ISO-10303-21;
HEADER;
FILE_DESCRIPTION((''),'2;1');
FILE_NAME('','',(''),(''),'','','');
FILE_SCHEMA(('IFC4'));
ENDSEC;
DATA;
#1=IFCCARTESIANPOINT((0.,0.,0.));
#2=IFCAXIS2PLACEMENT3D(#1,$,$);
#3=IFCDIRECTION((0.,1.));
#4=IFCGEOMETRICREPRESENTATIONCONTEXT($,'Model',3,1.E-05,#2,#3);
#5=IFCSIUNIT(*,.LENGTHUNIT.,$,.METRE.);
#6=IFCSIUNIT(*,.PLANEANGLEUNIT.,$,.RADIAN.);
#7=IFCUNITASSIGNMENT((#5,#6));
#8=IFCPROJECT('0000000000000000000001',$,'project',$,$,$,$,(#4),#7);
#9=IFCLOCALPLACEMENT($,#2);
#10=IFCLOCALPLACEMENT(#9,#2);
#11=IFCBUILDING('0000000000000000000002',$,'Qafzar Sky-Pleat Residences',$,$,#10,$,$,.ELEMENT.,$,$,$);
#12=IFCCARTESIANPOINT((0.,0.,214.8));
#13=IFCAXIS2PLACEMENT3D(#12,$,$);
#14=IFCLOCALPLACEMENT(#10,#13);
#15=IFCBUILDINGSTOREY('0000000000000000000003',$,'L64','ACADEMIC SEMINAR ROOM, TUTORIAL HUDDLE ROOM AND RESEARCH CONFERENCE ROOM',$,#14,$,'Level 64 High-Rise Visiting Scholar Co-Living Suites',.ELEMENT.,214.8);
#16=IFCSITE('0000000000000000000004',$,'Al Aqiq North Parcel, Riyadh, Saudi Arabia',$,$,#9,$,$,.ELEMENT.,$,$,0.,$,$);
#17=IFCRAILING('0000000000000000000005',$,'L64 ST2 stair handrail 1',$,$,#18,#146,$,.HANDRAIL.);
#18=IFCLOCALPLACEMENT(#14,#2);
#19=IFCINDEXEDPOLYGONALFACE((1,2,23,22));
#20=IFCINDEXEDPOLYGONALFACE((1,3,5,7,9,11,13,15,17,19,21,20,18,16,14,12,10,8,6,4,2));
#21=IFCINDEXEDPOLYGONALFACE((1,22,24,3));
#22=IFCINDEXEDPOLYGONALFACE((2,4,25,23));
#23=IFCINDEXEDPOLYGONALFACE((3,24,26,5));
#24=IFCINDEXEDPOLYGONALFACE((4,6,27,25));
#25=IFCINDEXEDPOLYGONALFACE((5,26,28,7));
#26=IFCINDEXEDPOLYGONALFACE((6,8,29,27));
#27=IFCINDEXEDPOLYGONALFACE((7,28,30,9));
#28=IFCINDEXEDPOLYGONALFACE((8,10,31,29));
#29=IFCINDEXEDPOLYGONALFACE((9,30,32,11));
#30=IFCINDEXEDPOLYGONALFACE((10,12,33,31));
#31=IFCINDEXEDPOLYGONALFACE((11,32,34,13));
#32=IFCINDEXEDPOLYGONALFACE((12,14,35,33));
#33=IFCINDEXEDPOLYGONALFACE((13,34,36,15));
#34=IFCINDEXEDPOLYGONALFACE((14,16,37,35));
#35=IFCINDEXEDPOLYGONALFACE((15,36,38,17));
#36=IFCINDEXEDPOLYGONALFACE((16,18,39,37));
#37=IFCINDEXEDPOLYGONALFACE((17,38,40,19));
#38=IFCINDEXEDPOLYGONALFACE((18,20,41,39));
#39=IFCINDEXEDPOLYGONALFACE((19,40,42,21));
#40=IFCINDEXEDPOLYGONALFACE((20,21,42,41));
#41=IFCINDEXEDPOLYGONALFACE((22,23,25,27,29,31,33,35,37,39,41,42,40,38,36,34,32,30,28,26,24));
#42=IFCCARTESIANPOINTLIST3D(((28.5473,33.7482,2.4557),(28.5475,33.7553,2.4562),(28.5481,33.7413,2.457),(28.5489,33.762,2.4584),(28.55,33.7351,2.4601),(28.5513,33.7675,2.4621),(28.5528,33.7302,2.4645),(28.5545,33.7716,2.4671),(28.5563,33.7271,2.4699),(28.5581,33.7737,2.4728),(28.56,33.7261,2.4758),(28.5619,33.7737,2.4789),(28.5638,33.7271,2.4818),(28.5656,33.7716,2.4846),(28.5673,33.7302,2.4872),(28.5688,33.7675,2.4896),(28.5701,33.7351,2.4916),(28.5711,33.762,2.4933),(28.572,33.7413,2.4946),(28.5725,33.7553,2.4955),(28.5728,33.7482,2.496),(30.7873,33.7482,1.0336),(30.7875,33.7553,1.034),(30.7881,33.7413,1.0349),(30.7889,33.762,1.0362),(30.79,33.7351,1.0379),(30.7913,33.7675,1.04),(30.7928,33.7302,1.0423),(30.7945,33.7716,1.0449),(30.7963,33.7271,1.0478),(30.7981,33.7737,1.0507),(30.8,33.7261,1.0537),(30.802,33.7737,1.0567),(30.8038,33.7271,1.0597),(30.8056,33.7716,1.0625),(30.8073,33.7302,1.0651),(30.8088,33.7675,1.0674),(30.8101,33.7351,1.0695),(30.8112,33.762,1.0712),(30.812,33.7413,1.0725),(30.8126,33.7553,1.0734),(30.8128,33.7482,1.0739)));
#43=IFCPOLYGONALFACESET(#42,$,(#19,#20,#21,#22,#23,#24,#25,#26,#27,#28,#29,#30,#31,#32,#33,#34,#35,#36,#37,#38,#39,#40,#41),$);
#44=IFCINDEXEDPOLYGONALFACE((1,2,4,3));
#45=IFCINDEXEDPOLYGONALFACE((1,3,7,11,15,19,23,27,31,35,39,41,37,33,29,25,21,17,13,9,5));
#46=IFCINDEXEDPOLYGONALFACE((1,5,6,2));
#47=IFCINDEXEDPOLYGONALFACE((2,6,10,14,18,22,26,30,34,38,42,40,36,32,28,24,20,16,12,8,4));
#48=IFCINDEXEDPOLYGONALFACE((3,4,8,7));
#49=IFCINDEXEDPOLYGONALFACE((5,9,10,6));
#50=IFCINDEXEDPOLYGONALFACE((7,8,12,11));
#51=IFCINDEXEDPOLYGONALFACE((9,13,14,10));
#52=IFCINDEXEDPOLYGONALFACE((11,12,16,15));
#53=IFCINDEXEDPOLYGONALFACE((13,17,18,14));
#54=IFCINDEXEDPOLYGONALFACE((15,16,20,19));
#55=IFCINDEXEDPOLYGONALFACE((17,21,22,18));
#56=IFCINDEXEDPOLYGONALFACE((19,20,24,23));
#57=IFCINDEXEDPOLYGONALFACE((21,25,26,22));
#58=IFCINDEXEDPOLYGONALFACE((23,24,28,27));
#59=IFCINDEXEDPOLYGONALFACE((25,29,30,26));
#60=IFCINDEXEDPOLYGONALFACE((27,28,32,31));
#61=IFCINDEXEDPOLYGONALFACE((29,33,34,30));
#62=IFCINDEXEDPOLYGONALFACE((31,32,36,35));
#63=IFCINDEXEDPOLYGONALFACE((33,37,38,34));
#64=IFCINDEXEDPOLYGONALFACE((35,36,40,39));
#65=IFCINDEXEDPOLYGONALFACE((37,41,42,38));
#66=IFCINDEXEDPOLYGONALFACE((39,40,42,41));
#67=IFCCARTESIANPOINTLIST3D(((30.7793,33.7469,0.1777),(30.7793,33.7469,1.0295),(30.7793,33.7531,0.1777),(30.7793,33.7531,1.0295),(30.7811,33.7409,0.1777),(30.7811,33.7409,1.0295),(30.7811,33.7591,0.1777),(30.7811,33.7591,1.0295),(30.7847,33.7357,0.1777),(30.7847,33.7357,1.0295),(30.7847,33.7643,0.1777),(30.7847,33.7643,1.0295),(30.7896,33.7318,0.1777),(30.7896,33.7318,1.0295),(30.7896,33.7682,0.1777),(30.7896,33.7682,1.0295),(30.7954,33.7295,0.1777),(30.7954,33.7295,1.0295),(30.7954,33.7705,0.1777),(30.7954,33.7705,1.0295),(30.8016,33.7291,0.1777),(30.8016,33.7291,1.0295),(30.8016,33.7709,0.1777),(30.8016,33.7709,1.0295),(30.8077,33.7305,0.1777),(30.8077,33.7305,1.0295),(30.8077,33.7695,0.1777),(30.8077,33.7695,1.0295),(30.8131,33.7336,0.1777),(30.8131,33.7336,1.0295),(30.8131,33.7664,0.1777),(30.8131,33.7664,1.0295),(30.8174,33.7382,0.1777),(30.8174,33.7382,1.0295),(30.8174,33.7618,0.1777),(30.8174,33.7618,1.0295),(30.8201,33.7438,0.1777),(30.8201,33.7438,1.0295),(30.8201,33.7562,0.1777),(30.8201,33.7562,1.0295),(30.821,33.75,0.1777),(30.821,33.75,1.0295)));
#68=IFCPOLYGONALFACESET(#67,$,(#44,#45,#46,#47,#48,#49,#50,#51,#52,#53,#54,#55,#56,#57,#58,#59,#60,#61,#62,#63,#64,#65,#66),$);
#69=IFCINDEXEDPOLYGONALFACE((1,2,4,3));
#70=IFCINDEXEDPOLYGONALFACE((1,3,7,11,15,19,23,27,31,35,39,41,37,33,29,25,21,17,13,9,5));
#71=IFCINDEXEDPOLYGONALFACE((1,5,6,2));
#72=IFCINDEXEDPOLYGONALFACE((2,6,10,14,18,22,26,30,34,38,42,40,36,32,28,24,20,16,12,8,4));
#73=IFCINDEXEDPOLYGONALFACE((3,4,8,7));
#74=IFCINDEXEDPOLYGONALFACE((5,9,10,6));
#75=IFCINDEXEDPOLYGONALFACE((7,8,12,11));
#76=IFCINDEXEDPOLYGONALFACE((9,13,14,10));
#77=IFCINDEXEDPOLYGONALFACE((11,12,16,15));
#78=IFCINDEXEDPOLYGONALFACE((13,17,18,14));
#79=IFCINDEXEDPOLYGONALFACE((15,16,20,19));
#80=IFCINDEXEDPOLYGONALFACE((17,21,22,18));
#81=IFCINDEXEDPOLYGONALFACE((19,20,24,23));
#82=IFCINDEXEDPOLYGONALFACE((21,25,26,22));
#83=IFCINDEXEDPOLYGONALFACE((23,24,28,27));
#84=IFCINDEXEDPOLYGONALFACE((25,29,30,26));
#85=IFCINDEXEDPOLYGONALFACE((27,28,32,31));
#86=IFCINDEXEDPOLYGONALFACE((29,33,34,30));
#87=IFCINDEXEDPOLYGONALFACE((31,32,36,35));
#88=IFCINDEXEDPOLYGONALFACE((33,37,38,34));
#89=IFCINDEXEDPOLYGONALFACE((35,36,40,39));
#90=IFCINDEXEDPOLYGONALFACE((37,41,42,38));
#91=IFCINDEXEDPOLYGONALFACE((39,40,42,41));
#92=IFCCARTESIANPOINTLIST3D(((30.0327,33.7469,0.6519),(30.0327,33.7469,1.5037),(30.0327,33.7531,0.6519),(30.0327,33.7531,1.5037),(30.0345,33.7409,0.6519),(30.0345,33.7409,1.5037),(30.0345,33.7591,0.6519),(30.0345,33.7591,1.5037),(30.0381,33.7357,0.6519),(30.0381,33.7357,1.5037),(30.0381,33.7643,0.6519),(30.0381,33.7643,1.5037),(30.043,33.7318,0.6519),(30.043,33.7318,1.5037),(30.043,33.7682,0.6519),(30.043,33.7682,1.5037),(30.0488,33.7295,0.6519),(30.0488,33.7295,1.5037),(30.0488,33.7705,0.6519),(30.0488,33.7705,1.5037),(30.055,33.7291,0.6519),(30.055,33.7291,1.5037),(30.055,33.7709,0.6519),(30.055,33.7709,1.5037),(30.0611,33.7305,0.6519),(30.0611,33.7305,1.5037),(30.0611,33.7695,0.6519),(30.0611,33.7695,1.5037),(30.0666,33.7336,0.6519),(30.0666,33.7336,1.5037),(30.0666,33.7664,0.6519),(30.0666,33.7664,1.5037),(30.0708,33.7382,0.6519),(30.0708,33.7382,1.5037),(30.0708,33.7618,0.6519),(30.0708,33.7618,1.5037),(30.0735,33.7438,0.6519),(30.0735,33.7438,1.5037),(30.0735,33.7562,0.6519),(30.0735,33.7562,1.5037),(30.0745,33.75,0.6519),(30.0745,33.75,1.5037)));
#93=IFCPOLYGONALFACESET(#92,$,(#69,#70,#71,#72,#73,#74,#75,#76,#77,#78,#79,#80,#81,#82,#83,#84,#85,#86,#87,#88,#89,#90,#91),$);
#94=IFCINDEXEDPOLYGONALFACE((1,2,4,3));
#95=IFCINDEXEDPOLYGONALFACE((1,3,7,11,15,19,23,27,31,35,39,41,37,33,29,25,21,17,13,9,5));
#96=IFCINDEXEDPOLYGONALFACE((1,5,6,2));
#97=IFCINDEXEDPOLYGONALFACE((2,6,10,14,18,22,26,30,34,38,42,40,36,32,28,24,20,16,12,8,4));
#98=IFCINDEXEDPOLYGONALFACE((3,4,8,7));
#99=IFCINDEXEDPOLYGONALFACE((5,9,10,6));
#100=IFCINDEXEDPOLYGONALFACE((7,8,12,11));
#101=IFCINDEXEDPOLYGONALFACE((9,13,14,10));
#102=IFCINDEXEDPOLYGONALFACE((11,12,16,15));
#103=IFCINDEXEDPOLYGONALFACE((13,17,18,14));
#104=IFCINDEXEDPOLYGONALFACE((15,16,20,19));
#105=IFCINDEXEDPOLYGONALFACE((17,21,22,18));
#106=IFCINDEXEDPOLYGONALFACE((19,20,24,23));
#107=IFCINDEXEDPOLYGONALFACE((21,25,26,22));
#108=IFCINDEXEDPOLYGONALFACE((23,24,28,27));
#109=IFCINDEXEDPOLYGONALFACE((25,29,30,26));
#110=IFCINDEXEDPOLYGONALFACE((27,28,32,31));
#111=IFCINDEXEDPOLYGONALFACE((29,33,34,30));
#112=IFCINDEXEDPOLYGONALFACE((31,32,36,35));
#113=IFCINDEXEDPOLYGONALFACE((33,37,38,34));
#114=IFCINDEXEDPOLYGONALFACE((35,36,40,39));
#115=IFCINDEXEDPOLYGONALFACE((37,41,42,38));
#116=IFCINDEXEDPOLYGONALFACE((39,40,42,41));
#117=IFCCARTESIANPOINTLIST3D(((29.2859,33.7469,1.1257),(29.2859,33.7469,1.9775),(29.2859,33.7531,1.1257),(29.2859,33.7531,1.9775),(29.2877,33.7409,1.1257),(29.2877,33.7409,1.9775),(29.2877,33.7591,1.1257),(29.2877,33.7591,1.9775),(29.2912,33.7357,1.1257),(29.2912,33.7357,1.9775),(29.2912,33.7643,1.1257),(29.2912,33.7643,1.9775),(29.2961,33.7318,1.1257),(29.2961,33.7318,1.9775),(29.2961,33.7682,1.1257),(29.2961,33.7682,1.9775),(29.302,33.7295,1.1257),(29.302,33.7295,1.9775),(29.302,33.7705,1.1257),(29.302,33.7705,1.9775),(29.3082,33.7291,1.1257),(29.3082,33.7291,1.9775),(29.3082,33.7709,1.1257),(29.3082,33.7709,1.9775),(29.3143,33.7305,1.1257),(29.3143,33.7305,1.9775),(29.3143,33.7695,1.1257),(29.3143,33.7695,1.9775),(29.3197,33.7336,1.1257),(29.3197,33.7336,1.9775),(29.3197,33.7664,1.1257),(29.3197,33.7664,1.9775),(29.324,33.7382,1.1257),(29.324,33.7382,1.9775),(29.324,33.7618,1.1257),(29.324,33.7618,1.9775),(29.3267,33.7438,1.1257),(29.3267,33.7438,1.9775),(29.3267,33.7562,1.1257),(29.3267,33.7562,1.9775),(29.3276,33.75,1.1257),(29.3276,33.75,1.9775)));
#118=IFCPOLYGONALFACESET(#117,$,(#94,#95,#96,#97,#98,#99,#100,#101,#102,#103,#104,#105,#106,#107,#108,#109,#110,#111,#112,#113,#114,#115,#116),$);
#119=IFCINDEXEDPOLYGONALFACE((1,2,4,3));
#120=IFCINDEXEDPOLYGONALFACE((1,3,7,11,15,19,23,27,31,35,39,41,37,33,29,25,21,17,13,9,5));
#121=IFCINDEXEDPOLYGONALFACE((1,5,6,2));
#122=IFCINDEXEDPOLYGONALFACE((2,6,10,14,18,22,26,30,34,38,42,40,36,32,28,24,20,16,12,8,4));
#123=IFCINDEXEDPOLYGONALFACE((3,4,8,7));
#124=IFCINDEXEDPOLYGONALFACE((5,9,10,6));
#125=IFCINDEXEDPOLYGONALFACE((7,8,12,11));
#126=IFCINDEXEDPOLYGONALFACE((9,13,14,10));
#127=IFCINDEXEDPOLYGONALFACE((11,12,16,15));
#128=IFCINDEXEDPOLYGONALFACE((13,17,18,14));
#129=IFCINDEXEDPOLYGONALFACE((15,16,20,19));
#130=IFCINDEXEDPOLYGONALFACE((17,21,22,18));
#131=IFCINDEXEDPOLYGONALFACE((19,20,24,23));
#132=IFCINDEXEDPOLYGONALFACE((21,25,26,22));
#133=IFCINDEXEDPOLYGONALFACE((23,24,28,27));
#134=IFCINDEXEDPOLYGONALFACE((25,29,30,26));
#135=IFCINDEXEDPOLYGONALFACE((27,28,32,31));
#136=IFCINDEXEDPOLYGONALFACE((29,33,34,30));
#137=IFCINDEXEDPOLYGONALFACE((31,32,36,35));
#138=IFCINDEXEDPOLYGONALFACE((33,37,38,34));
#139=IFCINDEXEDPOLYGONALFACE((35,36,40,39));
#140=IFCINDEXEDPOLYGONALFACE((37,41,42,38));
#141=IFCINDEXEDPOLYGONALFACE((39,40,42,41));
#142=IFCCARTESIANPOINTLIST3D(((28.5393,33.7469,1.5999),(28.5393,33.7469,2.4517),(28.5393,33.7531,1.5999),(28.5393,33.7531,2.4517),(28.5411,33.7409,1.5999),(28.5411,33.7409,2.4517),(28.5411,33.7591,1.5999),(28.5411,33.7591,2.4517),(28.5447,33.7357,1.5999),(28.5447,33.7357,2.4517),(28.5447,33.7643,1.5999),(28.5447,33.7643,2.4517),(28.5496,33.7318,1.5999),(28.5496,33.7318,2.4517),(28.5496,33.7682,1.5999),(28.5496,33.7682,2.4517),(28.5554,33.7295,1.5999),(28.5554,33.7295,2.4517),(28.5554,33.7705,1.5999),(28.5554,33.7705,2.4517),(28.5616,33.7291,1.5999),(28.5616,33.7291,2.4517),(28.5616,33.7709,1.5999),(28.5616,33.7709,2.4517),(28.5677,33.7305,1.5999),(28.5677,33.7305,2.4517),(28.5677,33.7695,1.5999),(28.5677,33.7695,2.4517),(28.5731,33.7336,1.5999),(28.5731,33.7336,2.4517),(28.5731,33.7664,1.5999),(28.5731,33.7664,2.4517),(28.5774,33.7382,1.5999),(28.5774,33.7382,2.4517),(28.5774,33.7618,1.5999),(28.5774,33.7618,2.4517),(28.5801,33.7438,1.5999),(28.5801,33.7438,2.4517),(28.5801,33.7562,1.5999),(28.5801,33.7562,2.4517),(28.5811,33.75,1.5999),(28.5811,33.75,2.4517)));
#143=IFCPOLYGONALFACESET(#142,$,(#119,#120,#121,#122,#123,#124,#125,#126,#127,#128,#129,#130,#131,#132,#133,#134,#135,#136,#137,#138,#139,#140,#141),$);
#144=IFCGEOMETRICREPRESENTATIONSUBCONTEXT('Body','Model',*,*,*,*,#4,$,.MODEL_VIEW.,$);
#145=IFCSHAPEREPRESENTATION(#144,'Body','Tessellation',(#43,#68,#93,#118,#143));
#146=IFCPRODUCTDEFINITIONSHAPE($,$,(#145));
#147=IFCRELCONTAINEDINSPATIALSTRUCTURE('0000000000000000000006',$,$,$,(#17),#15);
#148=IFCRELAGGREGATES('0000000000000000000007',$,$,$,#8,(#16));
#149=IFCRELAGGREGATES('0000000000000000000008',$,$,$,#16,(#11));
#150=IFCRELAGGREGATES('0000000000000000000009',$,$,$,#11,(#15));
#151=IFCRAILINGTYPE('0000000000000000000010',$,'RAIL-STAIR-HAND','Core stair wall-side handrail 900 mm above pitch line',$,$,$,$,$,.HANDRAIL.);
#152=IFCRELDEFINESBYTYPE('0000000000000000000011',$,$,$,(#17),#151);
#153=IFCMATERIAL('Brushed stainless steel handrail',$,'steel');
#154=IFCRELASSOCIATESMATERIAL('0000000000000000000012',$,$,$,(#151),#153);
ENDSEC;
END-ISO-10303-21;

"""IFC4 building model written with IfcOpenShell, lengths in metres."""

from ifc_helpers import new_model, si_unit, direction, frame, origin, origin_2d, place, context, subcontext, project, spatial, circle, extrude, source, transform, mapped, material, type_object, element, save


model = new_model("IFC4")

# Units and contexts
model_context = context("Model", 3, precision=1e-05, world=origin(), true_north=direction((0.0, 1.0)))
body_context = subcontext(model_context, "Body", "Model", "MODEL_VIEW")
ifc_project = project(units=[si_unit("LENGTHUNIT", "METRE"), si_unit("PLANEANGLEUNIT", "RADIAN")], contexts=[model_context])

# Site, building, storey
site_placement = place(None, origin())
site = spatial("IfcSite", under=ifc_project, at=site_placement, Name="Al Aqiq North Parcel, Riyadh, Saudi Arabia", CompositionType="ELEMENT", RefElevation=0.0)
building_placement = place(site_placement, origin())
building = spatial("IfcBuilding", under=site, at=building_placement, Name="Qafzar Sky-Pleat Residences", CompositionType="ELEMENT")
storey_placement = place(building_placement, frame((0.0, 0.0, 214.8)))
storey = spatial("IfcBuildingStorey", under=building, at=storey_placement, Name="L64", Description="ACADEMIC SEMINAR ROOM, TUTORIAL HUDDLE ROOM AND RESEARCH CONFERENCE ROOM", LongName="Level 64 High-Rise Visiting Scholar Co-Living Suites", CompositionType="ELEMENT", Elevation=214.8)

# Railing
ifc_material_1 = material(Name="Brushed stainless steel handrail", Category="steel")
railing_type_1 = type_object("IfcRailingType", Name="RAIL-STAIR-HAND", Description="Core stair wall-side handrail 900 mm above pitch line", PredefinedType="HANDRAIL", material=ifc_material_1)
shared_shape_1 = source(origin(), body_context, "Body", "SweptSolid", [
    extrude(circle(Radius=0.0239, at=origin_2d()), frame((0.0, 0.0, 0.876), z_axis=(-0.844229, 0.0, 0.535982), x_axis=(0.0, -1.0, 0.0)), (0.0, 0.0, 1.0), 2.6533),
    extrude(circle(Radius=0.021, at=origin_2d()), origin(), (0.0, 0.0, 1.0), 0.8518),
    extrude(circle(Radius=0.021, at=origin_2d()), frame((-0.7466, 0.0, 0.4741)), (0.0, 0.0, 1.0), 0.8518),
    extrude(circle(Radius=0.021, at=origin_2d()), frame((-1.4934, 0.0, 0.948)), (0.0, 0.0, 1.0), 0.8518),
    extrude(circle(Radius=0.021, at=origin_2d()), frame((-2.24, 0.0, 1.4221)), (0.0, 0.0, 1.0), 0.8518),
])
railing_1_placement = place(storey_placement, frame((30.8, 33.75, 0.1777)))
element("IfcRailing", 1, at=railing_1_placement, inside=storey, type_object=railing_type_1, Name="L64 ST2 stair handrail 1", PredefinedType="HANDRAIL", context=body_context, shape_type="MappedRepresentation", body=[
    mapped(shared_shape_1, transform((0.0, 0.0, 0.0), x_axis=(1.0, 0.0, 0.0), y_axis=(0.0, 1.0, 0.0), z_axis=(0.0, 0.0, 1.0), scale=1.0)),
])

save(model, "model.ifc")
